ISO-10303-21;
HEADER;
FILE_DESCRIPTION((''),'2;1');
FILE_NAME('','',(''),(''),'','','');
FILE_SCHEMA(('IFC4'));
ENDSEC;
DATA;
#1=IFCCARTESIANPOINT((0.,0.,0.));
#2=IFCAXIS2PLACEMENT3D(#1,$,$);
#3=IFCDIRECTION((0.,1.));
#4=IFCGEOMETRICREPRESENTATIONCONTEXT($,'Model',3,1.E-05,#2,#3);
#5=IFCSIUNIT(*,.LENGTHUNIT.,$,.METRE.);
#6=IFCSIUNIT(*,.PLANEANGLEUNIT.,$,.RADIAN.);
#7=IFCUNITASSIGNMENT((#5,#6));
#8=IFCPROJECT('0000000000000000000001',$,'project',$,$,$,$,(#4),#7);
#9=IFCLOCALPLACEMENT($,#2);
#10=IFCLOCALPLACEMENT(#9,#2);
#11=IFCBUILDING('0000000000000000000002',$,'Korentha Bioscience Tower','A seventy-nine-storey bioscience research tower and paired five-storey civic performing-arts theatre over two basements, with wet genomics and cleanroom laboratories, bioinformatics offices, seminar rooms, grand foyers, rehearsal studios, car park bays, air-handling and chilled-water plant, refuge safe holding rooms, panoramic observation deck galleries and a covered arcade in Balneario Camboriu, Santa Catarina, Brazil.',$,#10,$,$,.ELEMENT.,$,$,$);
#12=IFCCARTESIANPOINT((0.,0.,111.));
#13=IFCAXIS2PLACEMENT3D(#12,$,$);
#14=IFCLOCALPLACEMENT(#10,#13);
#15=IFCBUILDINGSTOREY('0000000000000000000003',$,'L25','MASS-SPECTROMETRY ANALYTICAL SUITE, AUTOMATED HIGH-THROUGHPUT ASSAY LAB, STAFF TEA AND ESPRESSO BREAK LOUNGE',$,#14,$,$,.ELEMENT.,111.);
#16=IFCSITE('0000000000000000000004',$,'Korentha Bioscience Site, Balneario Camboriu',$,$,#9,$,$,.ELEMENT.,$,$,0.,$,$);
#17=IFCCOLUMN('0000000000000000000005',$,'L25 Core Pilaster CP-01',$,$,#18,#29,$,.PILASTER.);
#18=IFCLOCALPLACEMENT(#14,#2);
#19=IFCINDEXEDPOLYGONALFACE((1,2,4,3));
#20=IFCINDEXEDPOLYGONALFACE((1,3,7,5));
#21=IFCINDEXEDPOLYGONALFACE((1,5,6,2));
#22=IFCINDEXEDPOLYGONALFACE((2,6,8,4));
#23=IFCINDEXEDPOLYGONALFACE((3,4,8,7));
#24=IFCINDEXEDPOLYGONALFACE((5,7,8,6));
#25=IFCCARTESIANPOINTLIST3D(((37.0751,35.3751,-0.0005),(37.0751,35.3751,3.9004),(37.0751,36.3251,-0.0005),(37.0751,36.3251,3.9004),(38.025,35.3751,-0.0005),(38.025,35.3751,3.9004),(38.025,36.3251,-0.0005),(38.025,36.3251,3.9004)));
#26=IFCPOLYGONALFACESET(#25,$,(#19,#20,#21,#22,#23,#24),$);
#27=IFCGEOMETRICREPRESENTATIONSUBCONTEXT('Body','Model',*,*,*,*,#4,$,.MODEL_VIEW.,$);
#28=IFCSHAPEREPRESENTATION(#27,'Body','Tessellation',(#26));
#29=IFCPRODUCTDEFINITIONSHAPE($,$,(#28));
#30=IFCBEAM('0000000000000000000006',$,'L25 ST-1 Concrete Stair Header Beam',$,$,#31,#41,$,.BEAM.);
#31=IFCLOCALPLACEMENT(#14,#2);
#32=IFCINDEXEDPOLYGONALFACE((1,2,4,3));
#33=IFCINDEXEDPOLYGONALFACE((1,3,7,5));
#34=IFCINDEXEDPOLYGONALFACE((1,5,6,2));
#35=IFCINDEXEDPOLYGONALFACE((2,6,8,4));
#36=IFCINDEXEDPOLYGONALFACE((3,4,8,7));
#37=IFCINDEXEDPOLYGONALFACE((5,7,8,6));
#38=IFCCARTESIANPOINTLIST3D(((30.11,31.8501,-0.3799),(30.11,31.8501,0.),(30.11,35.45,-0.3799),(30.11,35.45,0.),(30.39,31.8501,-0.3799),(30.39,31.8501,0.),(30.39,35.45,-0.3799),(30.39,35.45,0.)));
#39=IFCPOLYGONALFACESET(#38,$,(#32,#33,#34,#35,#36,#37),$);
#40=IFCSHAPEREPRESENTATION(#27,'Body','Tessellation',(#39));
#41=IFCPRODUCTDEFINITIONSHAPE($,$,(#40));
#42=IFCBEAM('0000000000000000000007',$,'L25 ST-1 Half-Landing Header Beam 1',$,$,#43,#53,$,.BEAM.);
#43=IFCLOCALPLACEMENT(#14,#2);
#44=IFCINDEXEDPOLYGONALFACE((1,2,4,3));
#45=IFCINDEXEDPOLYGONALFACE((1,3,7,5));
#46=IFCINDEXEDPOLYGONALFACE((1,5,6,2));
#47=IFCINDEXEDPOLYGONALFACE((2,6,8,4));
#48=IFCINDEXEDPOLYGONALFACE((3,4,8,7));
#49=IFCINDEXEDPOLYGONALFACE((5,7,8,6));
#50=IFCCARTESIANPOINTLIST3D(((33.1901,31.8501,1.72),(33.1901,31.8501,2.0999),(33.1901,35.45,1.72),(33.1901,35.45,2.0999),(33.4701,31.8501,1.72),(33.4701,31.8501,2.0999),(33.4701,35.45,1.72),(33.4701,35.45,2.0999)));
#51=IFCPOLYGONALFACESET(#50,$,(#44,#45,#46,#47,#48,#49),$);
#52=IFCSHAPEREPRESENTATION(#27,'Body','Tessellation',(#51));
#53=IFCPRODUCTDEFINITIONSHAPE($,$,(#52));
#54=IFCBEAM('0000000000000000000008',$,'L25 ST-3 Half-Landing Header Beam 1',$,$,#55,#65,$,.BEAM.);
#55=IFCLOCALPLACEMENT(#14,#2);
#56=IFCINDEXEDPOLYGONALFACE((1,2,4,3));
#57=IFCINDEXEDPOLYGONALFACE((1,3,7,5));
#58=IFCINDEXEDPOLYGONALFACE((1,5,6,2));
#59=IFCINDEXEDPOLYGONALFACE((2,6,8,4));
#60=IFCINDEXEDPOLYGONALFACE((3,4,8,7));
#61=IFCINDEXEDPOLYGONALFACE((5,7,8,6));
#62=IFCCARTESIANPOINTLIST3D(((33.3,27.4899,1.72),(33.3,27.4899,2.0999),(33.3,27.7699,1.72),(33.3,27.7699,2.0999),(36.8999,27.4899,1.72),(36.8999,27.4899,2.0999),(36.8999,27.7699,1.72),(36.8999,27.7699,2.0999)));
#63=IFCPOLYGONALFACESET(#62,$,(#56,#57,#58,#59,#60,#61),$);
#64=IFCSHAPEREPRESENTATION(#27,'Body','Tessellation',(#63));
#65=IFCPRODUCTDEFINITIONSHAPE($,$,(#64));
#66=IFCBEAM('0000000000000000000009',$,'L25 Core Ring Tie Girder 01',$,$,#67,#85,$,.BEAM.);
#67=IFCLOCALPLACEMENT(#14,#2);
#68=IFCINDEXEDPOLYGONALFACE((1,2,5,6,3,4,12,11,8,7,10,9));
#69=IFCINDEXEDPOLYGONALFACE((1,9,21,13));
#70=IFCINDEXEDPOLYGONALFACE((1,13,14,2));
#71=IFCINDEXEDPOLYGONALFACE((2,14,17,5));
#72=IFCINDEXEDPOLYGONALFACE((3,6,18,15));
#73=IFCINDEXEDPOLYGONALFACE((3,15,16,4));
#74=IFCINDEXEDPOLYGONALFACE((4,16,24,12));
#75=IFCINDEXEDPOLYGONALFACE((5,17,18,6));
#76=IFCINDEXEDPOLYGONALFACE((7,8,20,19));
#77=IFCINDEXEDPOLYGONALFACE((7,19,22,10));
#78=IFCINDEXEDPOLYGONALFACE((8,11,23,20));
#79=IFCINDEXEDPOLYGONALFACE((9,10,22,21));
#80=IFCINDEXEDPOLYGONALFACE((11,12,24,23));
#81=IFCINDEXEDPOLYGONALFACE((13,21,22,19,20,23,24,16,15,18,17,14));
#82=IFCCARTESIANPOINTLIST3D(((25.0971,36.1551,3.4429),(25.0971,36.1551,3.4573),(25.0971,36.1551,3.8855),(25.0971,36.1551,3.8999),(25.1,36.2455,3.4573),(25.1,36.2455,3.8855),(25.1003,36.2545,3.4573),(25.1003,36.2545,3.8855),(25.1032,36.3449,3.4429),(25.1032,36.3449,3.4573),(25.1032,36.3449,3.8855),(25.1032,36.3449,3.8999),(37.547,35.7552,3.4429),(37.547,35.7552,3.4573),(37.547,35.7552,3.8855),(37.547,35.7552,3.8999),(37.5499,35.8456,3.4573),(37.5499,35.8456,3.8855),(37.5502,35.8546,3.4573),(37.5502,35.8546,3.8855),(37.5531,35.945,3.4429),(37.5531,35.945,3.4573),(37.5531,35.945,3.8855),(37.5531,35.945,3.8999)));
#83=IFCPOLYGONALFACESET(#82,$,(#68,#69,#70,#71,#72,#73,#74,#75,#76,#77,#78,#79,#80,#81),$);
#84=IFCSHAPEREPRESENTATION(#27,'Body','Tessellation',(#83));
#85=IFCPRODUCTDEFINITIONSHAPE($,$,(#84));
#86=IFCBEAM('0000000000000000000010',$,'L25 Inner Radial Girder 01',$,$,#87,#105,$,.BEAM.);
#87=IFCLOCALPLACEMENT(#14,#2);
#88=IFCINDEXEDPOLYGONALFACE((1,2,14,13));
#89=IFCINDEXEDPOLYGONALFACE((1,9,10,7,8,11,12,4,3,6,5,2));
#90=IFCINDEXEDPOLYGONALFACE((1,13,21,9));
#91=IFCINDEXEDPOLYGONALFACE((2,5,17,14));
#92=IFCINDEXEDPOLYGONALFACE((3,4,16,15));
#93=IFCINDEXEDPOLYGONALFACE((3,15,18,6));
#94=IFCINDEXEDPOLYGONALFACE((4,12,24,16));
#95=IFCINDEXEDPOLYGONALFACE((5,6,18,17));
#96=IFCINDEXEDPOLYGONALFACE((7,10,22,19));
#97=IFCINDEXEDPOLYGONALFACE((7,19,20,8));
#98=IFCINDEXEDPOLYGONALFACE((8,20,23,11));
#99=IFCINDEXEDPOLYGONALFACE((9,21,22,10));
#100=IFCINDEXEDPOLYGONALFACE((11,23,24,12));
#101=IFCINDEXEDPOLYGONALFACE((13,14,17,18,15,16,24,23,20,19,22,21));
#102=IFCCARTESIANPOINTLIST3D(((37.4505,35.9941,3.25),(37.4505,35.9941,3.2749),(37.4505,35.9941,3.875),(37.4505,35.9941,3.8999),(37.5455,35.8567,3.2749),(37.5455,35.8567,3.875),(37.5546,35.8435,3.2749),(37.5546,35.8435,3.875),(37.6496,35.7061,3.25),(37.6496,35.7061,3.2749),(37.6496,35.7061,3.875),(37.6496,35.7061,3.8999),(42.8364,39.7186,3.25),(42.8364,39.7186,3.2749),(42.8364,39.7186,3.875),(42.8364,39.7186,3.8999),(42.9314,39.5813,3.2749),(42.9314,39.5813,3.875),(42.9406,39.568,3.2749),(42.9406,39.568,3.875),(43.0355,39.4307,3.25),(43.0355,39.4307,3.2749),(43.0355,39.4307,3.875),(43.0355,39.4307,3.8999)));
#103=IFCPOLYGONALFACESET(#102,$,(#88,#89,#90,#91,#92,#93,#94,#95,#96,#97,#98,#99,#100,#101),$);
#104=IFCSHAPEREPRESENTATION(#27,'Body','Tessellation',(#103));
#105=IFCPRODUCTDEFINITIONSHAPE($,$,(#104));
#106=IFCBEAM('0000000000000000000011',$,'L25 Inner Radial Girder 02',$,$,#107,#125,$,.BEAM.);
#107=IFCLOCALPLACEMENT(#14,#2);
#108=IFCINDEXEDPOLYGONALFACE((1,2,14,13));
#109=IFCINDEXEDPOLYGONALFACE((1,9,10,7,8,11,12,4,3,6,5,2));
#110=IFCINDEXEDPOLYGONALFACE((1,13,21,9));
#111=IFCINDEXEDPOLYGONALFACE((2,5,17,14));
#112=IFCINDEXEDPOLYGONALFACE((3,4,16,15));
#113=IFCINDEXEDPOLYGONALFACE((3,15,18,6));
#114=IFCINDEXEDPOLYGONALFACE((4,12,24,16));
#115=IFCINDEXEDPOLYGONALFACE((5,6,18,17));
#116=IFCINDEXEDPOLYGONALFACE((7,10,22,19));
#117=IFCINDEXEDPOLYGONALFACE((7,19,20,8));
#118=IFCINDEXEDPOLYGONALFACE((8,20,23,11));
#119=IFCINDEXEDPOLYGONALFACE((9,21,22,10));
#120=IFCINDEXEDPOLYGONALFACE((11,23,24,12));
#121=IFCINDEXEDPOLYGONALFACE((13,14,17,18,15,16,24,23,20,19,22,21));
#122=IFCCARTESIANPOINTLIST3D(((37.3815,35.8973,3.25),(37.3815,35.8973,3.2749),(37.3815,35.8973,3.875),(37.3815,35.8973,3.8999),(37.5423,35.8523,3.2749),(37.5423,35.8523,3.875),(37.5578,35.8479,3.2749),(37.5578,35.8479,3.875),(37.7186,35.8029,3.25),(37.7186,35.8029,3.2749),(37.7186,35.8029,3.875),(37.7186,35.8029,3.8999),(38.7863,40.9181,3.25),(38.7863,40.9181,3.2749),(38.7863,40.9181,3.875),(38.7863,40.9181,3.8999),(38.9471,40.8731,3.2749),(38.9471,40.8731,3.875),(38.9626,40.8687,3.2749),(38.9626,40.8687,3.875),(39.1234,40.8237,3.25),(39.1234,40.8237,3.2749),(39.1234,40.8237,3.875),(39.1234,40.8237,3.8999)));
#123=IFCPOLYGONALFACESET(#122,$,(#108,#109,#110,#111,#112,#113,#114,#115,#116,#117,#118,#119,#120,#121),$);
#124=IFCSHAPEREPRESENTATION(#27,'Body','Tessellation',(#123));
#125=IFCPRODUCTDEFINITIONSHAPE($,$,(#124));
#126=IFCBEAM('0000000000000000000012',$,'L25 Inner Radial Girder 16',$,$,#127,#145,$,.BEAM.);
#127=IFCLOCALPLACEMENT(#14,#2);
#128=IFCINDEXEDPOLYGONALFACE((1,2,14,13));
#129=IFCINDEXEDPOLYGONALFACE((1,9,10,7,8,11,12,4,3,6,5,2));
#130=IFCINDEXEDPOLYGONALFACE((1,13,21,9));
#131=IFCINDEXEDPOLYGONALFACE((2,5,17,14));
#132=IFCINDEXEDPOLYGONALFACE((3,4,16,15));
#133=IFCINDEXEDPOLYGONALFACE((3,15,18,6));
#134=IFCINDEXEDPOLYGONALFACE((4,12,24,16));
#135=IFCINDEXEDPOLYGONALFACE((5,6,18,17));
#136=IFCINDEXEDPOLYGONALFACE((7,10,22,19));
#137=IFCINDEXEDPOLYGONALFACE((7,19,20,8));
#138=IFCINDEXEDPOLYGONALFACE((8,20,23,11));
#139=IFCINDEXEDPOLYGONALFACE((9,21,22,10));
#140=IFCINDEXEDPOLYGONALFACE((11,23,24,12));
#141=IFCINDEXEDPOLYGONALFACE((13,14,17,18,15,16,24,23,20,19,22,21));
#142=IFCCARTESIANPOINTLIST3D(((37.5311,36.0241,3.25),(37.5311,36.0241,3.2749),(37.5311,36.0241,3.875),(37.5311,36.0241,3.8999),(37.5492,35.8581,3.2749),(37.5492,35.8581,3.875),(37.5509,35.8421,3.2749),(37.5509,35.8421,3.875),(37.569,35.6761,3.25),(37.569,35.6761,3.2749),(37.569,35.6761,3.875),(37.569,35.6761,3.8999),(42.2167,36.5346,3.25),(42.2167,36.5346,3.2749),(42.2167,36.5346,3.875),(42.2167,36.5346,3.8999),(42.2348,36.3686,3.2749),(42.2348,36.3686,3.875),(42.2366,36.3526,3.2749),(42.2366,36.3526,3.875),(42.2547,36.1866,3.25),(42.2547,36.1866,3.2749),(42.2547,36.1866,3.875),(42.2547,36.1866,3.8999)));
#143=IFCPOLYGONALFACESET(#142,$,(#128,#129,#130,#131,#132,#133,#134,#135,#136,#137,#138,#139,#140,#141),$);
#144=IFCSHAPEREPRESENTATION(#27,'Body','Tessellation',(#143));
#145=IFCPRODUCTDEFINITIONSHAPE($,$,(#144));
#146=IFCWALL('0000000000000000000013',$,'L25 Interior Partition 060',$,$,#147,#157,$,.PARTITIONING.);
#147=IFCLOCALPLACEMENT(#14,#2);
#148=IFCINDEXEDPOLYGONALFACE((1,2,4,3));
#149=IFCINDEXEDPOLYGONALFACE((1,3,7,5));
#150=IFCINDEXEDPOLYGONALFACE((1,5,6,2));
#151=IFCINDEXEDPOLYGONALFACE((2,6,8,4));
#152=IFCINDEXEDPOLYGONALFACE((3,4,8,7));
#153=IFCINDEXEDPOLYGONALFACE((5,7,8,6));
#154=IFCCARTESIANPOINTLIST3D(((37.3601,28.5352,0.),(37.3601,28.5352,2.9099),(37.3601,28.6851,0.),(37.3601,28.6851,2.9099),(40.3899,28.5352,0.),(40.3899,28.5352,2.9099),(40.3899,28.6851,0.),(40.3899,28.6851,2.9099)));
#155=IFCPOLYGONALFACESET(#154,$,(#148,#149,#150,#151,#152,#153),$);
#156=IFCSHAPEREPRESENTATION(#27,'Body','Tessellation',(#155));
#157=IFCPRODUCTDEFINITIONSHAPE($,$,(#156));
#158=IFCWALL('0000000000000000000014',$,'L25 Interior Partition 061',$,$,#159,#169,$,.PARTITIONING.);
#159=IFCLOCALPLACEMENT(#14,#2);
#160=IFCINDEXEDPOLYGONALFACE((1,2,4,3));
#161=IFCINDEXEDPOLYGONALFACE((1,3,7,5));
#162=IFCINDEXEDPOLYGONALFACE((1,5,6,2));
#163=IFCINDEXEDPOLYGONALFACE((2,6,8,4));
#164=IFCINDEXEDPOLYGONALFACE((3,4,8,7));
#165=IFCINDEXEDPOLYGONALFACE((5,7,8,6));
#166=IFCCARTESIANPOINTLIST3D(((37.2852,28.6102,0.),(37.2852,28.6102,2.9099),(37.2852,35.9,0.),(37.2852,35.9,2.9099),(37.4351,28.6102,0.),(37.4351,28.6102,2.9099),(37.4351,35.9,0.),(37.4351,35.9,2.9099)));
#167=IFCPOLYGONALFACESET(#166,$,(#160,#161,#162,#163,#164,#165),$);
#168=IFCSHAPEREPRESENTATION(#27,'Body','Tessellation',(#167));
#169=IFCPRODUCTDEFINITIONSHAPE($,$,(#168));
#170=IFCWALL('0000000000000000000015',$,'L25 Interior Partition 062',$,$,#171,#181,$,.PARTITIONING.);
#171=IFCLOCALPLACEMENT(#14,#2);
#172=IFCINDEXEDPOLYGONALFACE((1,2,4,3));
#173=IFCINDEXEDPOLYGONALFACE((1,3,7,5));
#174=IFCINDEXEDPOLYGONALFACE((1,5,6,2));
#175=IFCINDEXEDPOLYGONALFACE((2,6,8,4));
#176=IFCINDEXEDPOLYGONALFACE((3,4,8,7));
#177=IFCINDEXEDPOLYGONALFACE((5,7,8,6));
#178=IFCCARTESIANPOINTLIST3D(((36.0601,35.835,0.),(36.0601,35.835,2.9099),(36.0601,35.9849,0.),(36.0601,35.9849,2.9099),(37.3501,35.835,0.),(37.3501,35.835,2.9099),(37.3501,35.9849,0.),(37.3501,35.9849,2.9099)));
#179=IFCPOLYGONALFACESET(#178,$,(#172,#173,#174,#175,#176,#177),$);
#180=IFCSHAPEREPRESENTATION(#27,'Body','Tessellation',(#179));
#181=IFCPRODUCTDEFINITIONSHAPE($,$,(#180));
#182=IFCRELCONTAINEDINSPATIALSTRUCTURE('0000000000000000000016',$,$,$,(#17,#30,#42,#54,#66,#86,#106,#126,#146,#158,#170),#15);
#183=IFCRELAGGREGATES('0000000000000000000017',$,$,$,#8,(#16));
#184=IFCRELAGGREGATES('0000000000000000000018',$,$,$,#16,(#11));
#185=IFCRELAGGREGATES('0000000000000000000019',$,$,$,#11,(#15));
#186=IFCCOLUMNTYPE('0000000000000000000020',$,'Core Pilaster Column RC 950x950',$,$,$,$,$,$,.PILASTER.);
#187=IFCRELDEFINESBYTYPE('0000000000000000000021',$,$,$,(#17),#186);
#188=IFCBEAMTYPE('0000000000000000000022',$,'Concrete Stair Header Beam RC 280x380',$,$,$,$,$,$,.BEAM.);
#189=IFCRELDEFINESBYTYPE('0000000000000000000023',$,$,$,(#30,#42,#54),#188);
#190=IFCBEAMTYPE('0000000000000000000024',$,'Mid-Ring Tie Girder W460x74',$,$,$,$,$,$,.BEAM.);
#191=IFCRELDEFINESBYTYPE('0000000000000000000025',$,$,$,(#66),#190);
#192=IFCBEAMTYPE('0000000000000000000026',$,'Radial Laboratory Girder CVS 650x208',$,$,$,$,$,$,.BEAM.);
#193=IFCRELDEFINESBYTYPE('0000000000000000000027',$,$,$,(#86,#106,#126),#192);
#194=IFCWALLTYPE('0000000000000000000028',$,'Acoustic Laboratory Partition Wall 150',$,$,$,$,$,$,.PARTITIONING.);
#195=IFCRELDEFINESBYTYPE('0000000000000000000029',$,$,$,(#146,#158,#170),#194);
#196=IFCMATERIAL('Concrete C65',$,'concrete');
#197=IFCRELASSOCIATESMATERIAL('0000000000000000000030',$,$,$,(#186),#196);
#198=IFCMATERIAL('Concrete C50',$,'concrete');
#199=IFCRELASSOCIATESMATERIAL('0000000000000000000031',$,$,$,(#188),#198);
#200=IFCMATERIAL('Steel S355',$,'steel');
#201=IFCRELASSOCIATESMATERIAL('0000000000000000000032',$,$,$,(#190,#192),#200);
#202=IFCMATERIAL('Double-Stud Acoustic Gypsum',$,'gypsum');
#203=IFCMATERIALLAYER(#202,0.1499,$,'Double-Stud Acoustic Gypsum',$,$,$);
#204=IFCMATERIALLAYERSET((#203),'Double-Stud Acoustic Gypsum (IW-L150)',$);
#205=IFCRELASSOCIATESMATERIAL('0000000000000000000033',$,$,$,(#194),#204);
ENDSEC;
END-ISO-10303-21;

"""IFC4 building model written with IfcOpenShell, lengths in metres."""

from ifc_helpers import new_model, si_unit, direction, frame, frame_2d, origin, origin_2d, place, context, subcontext, project, spatial, rectangle, i_section, extrude, material, layer, layer_set, material_profile, profile_set, type_object, element, save


model = new_model("IFC4")

# Units and contexts
model_context = context("Model", 3, precision=1e-05, world=origin(), true_north=direction((0.0, 1.0)))
body_context = subcontext(model_context, "Body", "Model", "MODEL_VIEW")
ifc_project = project(units=[si_unit("LENGTHUNIT", "METRE"), si_unit("PLANEANGLEUNIT", "RADIAN")], contexts=[model_context])

# Site, building, storey
site_placement = place(None, origin())
site = spatial("IfcSite", under=ifc_project, at=site_placement, Name="Korentha Bioscience Site, Balneario Camboriu", CompositionType="ELEMENT", RefElevation=0.0)
building_placement = place(site_placement, origin())
building = spatial("IfcBuilding", under=site, at=building_placement, Name="Korentha Bioscience Tower", Description="A seventy-nine-storey bioscience research tower and paired five-storey civic performing-arts theatre over two basements, with wet genomics and cleanroom laboratories, bioinformatics offices, seminar rooms, grand foyers, rehearsal studios, car park bays, air-handling and chilled-water plant, refuge safe holding rooms, panoramic observation deck galleries and a covered arcade in Balneario Camboriu, Santa Catarina, Brazil.", CompositionType="ELEMENT")
storey_placement = place(building_placement, frame((0.0, 0.0, 111.0)))
storey = spatial("IfcBuildingStorey", under=building, at=storey_placement, Name="L25", Description="MASS-SPECTROMETRY ANALYTICAL SUITE, AUTOMATED HIGH-THROUGHPUT ASSAY LAB, STAFF TEA AND ESPRESSO BREAK LOUNGE", CompositionType="ELEMENT", Elevation=111.0)

# Column
ifc_material_1 = material(Name="Concrete C65", Category="concrete")
ifc_material_profile_1 = material_profile(ifc_material_1, rectangle(XDim=0.95, YDim=0.95, at=origin_2d()), Name="Concrete C65")
ifc_profile_set_1 = profile_set([ifc_material_profile_1], Name="Concrete C65 (COL-CP09)")
column_type = type_object("IfcColumnType", Name="Core Pilaster Column RC 950x950", PredefinedType="PILASTER", material=ifc_profile_set_1)
column_placement = place(storey_placement, frame((37.55, 35.8501, -0.0005), z_axis=(0.0, 0.0, 1.0), x_axis=(1.0, 0.0, 0.0)))
element("IfcColumn", 1, at=column_placement, inside=storey, type_object=column_type, Name="L25 Core Pilaster CP-01", PredefinedType="PILASTER", context=body_context, shape_type="SweptSolid", body=[
    extrude(rectangle(XDim=0.95, YDim=0.95, at=origin_2d()), origin(), (0.0, 0.0, 1.0), 3.9009),
])

# Beams
ifc_material_2 = material(Name="Concrete C50", Category="concrete")
ifc_material_profile_2 = material_profile(ifc_material_2, rectangle(XDim=0.28, YDim=0.3799, at=origin_2d()), Name="Concrete C50")
ifc_profile_set_2 = profile_set([ifc_material_profile_2], Name="Concrete C50 (ST-HB380)")
beam_type_1 = type_object("IfcBeamType", Name="Concrete Stair Header Beam RC 280x380", PredefinedType="BEAM", material=ifc_profile_set_2)
for number, where, z_axis, x_axis, name in (
    (2, (30.25, 31.8501, -0.1899), (0.0, 1.0, 0.0), (-1.0, 0.0, 0.0), "L25 ST-1 Concrete Stair Header Beam"),
    (3, (33.3301, 31.8501, 1.9099), (0.0, 1.0, 0.0), (-1.0, 0.0, 0.0), "L25 ST-1 Half-Landing Header Beam 1"),
    (4, (36.8999, 27.6299, 1.9099), (-1.0, 0.0, 0.0), (0.0, -1.0, 0.0), "L25 ST-3 Half-Landing Header Beam 1"),
):
    element("IfcBeam", number, at=place(storey_placement, frame(where, z_axis=z_axis, x_axis=x_axis)), inside=storey, type_object=beam_type_1, Name=name, PredefinedType="BEAM", context=body_context, shape_type="SweptSolid", body=[
        extrude(rectangle(XDim=0.28, YDim=0.3799, at=origin_2d()), origin(), (0.0, 0.0, 1.0), 3.5999),
    ])
ifc_material_3 = material(Name="Steel S355", Category="steel")
ifc_material_profile_3 = material_profile(ifc_material_3, i_section(OverallWidth=0.1899, OverallDepth=0.457, WebThickness=0.009, FlangeThickness=0.0144, at=origin_2d()), Name="Steel S355")
ifc_profile_set_3 = profile_set([ifc_material_profile_3], Name="Steel S355 (MB-460)")
beam_type_2 = type_object("IfcBeamType", Name="Mid-Ring Tie Girder W460x74", PredefinedType="BEAM", material=ifc_profile_set_3)
beam_1_placement = place(storey_placement, frame((37.55, 35.8501, 3.6714), z_axis=(-0.999485, 0.032104, 0.0), x_axis=(-0.032104, -0.999485, 0.0)))
element("IfcBeam", 5, at=beam_1_placement, inside=storey, type_object=beam_type_2, Name="L25 Core Ring Tie Girder 01", PredefinedType="BEAM", context=body_context, shape_type="SweptSolid", body=[
    extrude(i_section(OverallWidth=0.1899, OverallDepth=0.457, WebThickness=0.009, FlangeThickness=0.0144, at=origin_2d()), origin(), (0.0, 0.0, 1.0), 12.4563),
])
ifc_material_profile_4 = material_profile(ifc_material_3, i_section(OverallWidth=0.3501, OverallDepth=0.6499, WebThickness=0.0161, FlangeThickness=0.0249, at=origin_2d()), Name="Steel S355")
ifc_profile_set_4 = profile_set([ifc_material_profile_4], Name="Steel S355 (RB-650)")
beam_type_3 = type_object("IfcBeamType", Name="Radial Laboratory Girder CVS 650x208", PredefinedType="BEAM", material=ifc_profile_set_4)
beam_2_placement = place(storey_placement, frame((37.55, 35.8501, 3.575), z_axis=(0.822489, 0.568781, 0.0), x_axis=(-0.568781, 0.822489, 0.0)))
element("IfcBeam", 6, at=beam_2_placement, inside=storey, type_object=beam_type_3, Name="L25 Inner Radial Girder 01", PredefinedType="BEAM", context=body_context, shape_type="SweptSolid", body=[
    extrude(i_section(OverallWidth=0.3501, OverallDepth=0.6499, WebThickness=0.0161, FlangeThickness=0.0249, at=origin_2d()), origin(), (0.0, 0.0, 1.0), 6.5483),
])
beam_3_placement = place(storey_placement, frame((37.55, 35.8501, 3.575), z_axis=(0.269448, 0.963015, 0.0), x_axis=(-0.963015, 0.269448, 0.0)))
element("IfcBeam", 7, at=beam_3_placement, inside=storey, type_object=beam_type_3, Name="L25 Inner Radial Girder 02", PredefinedType="BEAM", context=body_context, shape_type="SweptSolid", body=[
    extrude(i_section(OverallWidth=0.3501, OverallDepth=0.6499, WebThickness=0.0161, FlangeThickness=0.0249, at=origin_2d()), origin(), (0.0, 0.0, 1.0), 5.2136),
])
beam_4_placement = place(storey_placement, frame((37.55, 35.8501, 3.575), z_axis=(0.994117, 0.108311, 0.0), x_axis=(-0.108311, 0.994117, 0.0)))
element("IfcBeam", 8, at=beam_4_placement, inside=storey, type_object=beam_type_3, Name="L25 Inner Radial Girder 16", PredefinedType="BEAM", context=body_context, shape_type="SweptSolid", body=[
    extrude(i_section(OverallWidth=0.3501, OverallDepth=0.6499, WebThickness=0.0161, FlangeThickness=0.0249, at=origin_2d()), origin(), (0.0, 0.0, 1.0), 4.7134),
])

# Walls
ifc_material_4 = material(Name="Double-Stud Acoustic Gypsum", Category="gypsum")
ifc_layer_1 = layer(ifc_material_4, 0.1499, Name="Double-Stud Acoustic Gypsum")
ifc_layer_set_1 = layer_set([ifc_layer_1], Name="Double-Stud Acoustic Gypsum (IW-L150)")
wall_type_1 = type_object("IfcWallType", Name="Acoustic Laboratory Partition Wall 150", PredefinedType="PARTITIONING", material=ifc_layer_set_1)
wall_1_placement = place(storey_placement, frame((40.3899, 28.6101, 0.0), z_axis=(0.0, 0.0, 1.0), x_axis=(-1.0, 0.0, 0.0)))
element("IfcWall", 9, at=wall_1_placement, inside=storey, type_object=wall_type_1, Name="L25 Interior Partition 060", PredefinedType="PARTITIONING", context=body_context, shape_type="SweptSolid", body=[
    extrude(rectangle(XDim=3.0298, YDim=0.1499, at=frame_2d((1.5149, 0.0))), origin(), (0.0, 0.0, 1.0), 2.9099),
])
wall_2_placement = place(storey_placement, frame((37.3601, 28.6101, 0.0), z_axis=(0.0, 0.0, 1.0), x_axis=(0.0, 1.0, 0.0)))
element("IfcWall", 10, at=wall_2_placement, inside=storey, type_object=wall_type_1, Name="L25 Interior Partition 061", PredefinedType="PARTITIONING", context=body_context, shape_type="SweptSolid", body=[
    extrude(rectangle(XDim=7.2898, YDim=0.1499, at=frame_2d((3.645, 0.0))), origin(), (0.0, 0.0, 1.0), 2.9099),
])
wall_3_placement = place(storey_placement, frame((37.3501, 35.9099, 0.0), z_axis=(0.0, 0.0, 1.0), x_axis=(-1.0, 0.0, 0.0)))
element("IfcWall", 11, at=wall_3_placement, inside=storey, type_object=wall_type_1, Name="L25 Interior Partition 062", PredefinedType="PARTITIONING", context=body_context, shape_type="SweptSolid", body=[
    extrude(rectangle(XDim=1.29, YDim=0.1499, at=frame_2d((0.645, 0.0))), origin(), (0.0, 0.0, 1.0), 2.9099),
])

save(model, "model.ifc")
